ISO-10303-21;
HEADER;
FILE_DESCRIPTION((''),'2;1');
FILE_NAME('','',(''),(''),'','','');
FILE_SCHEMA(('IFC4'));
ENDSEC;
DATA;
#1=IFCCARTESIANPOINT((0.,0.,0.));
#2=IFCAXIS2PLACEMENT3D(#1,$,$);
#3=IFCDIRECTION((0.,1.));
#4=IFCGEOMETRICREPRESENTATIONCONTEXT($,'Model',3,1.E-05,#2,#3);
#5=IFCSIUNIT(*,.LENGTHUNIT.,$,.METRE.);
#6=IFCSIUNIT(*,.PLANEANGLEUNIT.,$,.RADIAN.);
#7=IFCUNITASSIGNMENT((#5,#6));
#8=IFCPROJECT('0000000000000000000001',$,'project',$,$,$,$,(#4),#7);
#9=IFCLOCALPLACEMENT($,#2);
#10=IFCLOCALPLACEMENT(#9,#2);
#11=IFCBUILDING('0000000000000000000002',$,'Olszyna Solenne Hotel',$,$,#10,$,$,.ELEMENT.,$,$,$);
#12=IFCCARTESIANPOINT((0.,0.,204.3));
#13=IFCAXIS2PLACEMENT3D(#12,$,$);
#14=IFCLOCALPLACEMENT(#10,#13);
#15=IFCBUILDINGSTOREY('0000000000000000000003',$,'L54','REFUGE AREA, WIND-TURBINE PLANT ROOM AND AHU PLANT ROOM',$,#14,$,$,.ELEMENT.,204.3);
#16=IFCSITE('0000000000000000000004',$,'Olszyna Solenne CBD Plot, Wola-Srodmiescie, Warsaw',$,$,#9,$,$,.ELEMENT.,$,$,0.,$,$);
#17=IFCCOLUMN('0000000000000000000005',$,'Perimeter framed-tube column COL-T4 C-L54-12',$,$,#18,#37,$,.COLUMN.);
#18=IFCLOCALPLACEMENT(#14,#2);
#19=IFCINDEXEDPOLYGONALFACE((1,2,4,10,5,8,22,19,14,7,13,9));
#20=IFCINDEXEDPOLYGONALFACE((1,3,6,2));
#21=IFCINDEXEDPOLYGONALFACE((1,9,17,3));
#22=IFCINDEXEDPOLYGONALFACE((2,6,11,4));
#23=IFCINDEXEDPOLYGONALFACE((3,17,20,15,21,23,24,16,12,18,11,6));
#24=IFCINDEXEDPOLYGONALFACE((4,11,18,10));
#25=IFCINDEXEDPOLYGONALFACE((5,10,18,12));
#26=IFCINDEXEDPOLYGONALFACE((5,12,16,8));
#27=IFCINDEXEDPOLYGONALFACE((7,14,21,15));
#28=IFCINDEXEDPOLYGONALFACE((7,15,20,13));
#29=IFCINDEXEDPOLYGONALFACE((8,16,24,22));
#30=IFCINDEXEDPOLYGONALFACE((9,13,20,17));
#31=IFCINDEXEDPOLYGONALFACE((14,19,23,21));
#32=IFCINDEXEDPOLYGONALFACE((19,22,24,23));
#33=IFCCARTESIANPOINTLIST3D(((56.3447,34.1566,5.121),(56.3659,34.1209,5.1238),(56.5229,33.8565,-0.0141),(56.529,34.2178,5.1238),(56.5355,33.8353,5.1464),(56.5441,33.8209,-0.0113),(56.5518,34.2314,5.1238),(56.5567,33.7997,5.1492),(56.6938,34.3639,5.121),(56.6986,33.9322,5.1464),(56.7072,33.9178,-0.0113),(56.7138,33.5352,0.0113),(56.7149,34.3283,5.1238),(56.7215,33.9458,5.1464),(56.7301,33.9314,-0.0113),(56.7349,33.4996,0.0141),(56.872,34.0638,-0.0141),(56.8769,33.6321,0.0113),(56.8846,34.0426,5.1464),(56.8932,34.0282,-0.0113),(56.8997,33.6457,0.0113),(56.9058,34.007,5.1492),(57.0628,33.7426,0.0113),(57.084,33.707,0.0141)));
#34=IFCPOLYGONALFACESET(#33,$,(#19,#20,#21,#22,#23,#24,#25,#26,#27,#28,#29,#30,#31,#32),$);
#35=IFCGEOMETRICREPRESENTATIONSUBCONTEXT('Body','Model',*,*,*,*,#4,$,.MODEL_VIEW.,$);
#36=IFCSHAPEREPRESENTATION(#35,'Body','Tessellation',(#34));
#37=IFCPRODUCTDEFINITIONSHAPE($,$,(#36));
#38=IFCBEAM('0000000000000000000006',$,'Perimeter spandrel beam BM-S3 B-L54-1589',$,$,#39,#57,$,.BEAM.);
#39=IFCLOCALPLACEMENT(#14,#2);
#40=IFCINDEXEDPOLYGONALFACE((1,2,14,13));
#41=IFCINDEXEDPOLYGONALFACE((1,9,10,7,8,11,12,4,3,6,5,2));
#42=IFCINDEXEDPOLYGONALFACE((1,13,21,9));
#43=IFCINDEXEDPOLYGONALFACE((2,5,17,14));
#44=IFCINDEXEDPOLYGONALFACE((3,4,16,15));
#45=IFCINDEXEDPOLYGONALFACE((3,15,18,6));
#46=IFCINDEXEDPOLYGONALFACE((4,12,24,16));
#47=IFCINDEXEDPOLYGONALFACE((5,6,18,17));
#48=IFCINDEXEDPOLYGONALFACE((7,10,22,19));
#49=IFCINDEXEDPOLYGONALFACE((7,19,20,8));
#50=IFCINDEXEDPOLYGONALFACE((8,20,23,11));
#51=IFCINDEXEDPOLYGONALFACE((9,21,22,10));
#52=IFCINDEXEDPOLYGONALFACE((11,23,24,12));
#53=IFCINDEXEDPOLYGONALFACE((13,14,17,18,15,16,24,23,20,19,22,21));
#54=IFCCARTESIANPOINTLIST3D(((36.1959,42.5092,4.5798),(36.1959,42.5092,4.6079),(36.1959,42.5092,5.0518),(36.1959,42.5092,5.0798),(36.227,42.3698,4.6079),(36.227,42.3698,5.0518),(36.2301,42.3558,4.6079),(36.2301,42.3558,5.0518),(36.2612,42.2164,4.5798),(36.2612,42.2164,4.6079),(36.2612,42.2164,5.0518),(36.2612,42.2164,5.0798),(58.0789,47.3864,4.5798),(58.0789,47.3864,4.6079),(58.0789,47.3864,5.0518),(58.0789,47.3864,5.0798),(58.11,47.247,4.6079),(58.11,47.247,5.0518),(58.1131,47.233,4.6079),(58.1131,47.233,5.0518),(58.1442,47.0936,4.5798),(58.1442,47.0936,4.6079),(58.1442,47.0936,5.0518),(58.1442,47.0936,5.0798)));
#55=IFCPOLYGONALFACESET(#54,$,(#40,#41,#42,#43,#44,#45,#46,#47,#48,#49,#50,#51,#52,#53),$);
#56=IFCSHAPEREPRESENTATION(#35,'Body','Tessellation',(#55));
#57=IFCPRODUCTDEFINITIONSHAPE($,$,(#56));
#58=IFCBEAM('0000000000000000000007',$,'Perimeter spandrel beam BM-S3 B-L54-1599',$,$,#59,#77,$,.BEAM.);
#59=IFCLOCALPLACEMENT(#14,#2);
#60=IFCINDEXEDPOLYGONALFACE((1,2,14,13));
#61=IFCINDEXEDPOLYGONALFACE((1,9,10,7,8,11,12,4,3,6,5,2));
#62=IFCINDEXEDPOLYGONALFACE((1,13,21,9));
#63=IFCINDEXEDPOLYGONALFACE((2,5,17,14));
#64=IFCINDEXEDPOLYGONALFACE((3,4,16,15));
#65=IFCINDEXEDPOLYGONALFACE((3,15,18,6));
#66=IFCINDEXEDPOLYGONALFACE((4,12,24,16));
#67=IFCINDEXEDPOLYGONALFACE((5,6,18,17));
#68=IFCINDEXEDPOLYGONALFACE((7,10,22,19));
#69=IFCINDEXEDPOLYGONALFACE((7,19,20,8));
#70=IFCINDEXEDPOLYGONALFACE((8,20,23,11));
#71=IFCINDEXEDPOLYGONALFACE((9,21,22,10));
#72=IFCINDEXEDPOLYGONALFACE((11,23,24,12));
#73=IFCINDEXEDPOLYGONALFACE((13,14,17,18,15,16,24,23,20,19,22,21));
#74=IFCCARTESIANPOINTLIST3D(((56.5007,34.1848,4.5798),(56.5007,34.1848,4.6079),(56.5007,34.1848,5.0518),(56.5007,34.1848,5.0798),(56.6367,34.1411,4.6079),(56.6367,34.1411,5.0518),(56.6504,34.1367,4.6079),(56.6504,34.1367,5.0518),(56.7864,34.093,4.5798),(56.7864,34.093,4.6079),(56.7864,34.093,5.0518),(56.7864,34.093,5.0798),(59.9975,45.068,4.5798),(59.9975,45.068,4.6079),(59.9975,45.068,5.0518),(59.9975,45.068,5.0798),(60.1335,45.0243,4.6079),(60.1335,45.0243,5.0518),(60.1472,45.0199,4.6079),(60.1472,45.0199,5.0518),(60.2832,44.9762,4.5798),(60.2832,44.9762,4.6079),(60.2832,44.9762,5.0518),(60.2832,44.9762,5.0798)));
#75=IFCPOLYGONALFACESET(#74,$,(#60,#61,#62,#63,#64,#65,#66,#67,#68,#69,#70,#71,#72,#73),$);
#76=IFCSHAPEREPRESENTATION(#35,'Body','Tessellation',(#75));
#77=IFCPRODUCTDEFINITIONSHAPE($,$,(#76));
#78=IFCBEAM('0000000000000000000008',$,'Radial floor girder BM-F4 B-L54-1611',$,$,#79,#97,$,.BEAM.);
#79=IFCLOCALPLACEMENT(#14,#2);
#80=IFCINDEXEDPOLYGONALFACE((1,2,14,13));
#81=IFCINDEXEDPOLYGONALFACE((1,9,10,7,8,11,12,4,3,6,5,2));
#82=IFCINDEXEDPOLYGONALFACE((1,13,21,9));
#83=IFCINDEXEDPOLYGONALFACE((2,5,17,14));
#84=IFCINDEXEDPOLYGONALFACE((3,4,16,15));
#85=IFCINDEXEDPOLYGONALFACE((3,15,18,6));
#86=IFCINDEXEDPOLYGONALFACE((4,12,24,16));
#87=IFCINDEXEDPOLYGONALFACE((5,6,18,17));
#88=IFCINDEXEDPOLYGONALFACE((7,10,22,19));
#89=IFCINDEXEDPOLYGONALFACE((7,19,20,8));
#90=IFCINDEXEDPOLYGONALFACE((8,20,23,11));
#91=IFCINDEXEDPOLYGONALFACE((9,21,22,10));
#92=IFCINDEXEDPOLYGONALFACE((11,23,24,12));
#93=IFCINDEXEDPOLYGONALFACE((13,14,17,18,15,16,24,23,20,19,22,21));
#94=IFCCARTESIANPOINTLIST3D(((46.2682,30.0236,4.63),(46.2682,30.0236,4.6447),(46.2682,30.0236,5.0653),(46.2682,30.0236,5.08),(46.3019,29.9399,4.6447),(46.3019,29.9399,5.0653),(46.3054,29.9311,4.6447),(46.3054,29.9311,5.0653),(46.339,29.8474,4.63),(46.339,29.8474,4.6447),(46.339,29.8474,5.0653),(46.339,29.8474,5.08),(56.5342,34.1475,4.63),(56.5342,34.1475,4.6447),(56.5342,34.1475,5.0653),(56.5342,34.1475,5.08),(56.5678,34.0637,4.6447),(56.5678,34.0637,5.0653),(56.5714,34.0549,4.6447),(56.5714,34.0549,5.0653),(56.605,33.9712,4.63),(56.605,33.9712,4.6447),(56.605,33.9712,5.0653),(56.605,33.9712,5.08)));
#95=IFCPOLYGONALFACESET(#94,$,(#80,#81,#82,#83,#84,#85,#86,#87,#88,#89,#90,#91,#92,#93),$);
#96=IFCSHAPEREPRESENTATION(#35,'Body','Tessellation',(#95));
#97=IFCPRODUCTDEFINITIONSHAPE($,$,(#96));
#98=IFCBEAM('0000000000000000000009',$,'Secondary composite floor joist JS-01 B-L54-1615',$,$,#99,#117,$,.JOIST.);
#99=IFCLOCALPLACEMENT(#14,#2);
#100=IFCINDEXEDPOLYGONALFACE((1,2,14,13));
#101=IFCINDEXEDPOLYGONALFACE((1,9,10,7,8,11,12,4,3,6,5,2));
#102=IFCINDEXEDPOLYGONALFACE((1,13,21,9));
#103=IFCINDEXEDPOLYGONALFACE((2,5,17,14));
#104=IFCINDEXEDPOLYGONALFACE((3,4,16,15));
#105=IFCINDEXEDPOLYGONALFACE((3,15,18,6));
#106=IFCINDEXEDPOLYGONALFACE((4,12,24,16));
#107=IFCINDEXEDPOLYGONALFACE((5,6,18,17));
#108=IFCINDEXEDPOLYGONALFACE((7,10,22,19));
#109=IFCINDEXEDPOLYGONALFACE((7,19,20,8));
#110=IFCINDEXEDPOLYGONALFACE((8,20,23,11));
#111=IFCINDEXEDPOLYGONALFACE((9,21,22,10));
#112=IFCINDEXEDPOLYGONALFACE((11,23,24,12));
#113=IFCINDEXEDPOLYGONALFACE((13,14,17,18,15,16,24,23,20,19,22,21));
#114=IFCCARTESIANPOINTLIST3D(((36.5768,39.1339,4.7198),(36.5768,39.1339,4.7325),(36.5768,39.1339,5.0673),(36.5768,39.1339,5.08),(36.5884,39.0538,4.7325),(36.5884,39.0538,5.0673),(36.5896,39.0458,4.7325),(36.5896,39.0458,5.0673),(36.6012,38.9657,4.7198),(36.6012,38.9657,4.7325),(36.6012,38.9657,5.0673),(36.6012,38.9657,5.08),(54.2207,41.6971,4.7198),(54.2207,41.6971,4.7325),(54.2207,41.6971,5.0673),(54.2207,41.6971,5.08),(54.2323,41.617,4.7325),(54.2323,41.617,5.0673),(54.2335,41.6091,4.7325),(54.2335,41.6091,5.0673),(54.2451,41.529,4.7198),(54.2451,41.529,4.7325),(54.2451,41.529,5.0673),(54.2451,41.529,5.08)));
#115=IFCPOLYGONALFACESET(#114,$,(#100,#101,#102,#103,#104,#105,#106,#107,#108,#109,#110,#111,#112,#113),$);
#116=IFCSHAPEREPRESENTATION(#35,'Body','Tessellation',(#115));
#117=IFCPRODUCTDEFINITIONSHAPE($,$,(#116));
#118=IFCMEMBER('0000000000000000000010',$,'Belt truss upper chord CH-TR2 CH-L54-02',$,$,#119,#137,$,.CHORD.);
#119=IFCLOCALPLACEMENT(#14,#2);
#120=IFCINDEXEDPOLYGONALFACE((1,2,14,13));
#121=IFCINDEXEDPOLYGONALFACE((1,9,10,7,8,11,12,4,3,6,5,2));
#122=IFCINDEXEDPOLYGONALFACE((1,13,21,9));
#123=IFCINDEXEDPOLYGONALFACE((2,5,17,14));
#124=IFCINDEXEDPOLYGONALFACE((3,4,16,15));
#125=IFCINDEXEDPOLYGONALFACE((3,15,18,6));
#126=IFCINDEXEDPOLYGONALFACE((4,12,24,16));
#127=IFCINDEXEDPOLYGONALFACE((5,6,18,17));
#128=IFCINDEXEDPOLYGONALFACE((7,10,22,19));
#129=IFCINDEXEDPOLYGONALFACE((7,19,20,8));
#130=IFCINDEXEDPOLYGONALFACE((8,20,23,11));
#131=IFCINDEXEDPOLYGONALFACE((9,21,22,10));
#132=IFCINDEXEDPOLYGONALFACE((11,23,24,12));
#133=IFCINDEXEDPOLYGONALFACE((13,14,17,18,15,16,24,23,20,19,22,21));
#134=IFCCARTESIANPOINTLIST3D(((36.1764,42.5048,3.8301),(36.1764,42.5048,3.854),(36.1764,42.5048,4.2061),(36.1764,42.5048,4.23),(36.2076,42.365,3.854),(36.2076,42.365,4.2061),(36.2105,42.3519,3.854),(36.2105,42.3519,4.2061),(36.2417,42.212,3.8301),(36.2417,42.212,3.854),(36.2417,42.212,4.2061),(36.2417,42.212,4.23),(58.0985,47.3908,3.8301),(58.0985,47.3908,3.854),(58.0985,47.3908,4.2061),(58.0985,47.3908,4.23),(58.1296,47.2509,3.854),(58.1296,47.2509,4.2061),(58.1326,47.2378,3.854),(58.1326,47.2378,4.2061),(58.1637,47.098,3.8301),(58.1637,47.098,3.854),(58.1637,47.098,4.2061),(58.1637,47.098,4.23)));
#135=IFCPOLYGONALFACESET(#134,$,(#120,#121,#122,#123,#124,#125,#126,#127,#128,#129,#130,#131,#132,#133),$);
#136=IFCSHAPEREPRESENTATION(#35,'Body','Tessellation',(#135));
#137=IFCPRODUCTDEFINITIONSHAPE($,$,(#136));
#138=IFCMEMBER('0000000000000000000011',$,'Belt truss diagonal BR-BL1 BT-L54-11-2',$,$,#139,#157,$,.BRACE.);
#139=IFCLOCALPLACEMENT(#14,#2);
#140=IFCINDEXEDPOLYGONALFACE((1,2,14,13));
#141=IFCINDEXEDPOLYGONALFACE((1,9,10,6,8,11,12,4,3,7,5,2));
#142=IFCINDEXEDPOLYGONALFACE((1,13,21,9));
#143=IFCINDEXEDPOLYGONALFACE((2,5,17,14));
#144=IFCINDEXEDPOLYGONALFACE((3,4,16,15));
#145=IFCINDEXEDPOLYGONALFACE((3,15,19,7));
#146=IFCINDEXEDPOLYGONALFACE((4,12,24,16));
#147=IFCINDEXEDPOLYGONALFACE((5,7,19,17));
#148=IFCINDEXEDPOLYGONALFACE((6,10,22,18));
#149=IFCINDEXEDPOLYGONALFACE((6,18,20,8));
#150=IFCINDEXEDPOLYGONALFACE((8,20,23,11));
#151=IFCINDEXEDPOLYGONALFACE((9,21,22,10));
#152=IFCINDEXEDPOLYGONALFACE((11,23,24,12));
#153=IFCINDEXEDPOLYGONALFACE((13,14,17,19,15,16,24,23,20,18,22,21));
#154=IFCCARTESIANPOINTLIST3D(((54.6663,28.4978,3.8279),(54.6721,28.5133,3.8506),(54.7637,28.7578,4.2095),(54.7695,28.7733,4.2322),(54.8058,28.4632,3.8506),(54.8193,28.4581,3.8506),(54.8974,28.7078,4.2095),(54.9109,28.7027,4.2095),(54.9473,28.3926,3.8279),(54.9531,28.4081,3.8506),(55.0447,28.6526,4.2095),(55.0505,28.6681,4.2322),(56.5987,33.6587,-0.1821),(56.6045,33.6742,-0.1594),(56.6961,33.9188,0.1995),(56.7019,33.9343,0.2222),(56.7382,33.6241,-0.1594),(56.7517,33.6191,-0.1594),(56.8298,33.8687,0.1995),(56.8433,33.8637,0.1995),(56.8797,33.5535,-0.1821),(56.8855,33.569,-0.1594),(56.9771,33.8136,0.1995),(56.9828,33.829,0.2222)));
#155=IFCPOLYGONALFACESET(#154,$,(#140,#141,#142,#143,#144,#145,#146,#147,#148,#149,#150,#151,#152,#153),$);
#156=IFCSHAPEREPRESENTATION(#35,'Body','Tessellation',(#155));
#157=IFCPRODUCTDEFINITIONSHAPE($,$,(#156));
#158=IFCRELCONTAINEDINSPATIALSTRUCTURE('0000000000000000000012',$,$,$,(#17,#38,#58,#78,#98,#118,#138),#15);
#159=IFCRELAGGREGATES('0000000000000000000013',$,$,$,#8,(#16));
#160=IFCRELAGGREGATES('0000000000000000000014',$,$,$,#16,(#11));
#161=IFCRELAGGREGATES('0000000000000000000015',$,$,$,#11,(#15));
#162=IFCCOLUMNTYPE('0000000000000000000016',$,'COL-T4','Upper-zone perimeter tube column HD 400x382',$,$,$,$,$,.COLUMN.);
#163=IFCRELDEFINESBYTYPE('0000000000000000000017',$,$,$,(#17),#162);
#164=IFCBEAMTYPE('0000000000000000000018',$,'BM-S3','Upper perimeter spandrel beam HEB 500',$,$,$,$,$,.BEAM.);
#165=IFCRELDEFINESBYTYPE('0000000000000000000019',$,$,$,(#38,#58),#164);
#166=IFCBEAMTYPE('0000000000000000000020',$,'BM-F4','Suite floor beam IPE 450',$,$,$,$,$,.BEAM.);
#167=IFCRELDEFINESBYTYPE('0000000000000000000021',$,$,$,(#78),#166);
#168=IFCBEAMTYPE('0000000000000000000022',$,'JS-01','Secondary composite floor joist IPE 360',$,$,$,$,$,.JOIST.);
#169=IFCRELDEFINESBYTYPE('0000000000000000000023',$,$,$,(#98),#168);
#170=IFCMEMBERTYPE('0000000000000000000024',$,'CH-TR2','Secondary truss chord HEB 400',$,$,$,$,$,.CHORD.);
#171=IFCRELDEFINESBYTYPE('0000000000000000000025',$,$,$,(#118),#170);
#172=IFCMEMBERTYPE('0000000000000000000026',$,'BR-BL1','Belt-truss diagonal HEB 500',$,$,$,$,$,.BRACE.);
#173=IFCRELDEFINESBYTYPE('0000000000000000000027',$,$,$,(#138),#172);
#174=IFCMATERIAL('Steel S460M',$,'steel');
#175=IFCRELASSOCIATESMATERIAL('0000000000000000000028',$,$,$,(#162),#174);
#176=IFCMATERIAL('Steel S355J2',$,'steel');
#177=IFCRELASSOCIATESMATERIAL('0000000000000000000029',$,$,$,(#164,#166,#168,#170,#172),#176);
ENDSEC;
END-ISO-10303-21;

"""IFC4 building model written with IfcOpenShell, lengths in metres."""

from ifc_helpers import new_model, si_unit, direction, frame, origin, origin_2d, place, context, subcontext, project, spatial, i_section, extrude, source, transform, mapped, material, material_profile, profile_set, type_object, element, save


model = new_model("IFC4")

# Units and contexts
model_context = context("Model", 3, precision=1e-05, world=origin(), true_north=direction((0.0, 1.0)))
body_context = subcontext(model_context, "Body", "Model", "MODEL_VIEW")
ifc_project = project(units=[si_unit("LENGTHUNIT", "METRE"), si_unit("PLANEANGLEUNIT", "RADIAN")], contexts=[model_context])

# Site, building, storey
site_placement = place(None, origin())
site = spatial("IfcSite", under=ifc_project, at=site_placement, Name="Olszyna Solenne CBD Plot, Wola-Srodmiescie, Warsaw", CompositionType="ELEMENT", RefElevation=0.0)
building_placement = place(site_placement, origin())
building = spatial("IfcBuilding", under=site, at=building_placement, Name="Olszyna Solenne Hotel", CompositionType="ELEMENT")
storey_placement = place(building_placement, frame((0.0, 0.0, 204.3)))
storey = spatial("IfcBuildingStorey", under=building, at=storey_placement, Name="L54", Description="REFUGE AREA, WIND-TURBINE PLANT ROOM AND AHU PLANT ROOM", CompositionType="ELEMENT", Elevation=204.3)

# Column
ifc_material_1 = material(Name="Steel S460M", Category="steel")
ifc_material_profile_1 = material_profile(ifc_material_1, i_section(OverallWidth=0.406, OverallDepth=0.416, WebThickness=0.0266, FlangeThickness=0.0415, at=origin_2d()), Name="HD 400x382", Category="load-bearing")
ifc_profile_set_1 = profile_set([ifc_material_profile_1], Name="Steel S460M")
column_type = type_object("IfcColumnType", Name="COL-T4", Description="Upper-zone perimeter tube column HD 400x382", PredefinedType="COLUMN", material=ifc_profile_set_1)
shared_shape_1 = source(origin(), body_context, "Body", "SweptSolid", [
    extrude(i_section(OverallWidth=0.406, OverallDepth=0.416, WebThickness=0.0266, FlangeThickness=0.0415, at=origin_2d()), origin(), (0.0, 0.0, 1.0), 5.147),
])
column_placement = place(storey_placement, frame((56.8035, 33.7817, 0.0), z_axis=(-0.034627, 0.058298, 0.997699), x_axis=(-0.859768, -0.510684, 0.0)))
element("IfcColumn", 1, at=column_placement, inside=storey, type_object=column_type, Name="Perimeter framed-tube column COL-T4 C-L54-12", PredefinedType="COLUMN", context=body_context, shape_type="MappedRepresentation", body=[
    mapped(shared_shape_1, transform((0.0, 0.0, 0.0), x_axis=(1.0, 0.0, 0.0), y_axis=(0.0, 1.0, 0.0), z_axis=(0.0, 0.0, 1.0), scale=1.0)),
])

# Beams
ifc_material_2 = material(Name="Steel S355J2", Category="steel")
ifc_material_profile_2 = material_profile(ifc_material_2, i_section(OverallWidth=0.3, OverallDepth=0.5, WebThickness=0.0144, FlangeThickness=0.0281, at=origin_2d()), Name="HEB 500", Category="load-bearing")
ifc_profile_set_2 = profile_set([ifc_material_profile_2], Name="Steel S355J2")
beam_type_1 = type_object("IfcBeamType", Name="BM-S3", Description="Upper perimeter spandrel beam HEB 500", PredefinedType="BEAM", material=ifc_profile_set_2)
shared_shape_2 = source(origin(), body_context, "Body", "SweptSolid", [
    extrude(i_section(OverallWidth=0.3, OverallDepth=0.5, WebThickness=0.0144, FlangeThickness=0.0281, at=origin_2d()), origin(), (0.0, 0.0, 1.0), 22.4199),
])
beam_1_placement = place(storey_placement, frame((58.1116, 47.24, 4.8298), z_axis=(-0.976052, -0.217538, 0.0), x_axis=(0.217538, -0.976052, 0.0)))
element("IfcBeam", 2, at=beam_1_placement, inside=storey, type_object=beam_type_1, Name="Perimeter spandrel beam BM-S3 B-L54-1589", PredefinedType="BEAM", context=body_context, shape_type="MappedRepresentation", body=[
    mapped(shared_shape_2, transform((0.0, 0.0, 0.0), x_axis=(1.0, 0.0, 0.0), y_axis=(0.0, 1.0, 0.0), z_axis=(0.0, 0.0, 1.0), scale=1.0)),
])
shared_shape_3 = source(origin(), body_context, "Body", "SweptSolid", [
    extrude(i_section(OverallWidth=0.3, OverallDepth=0.5, WebThickness=0.0144, FlangeThickness=0.0281, at=origin_2d()), origin(), (0.0, 0.0, 1.0), 11.4312),
])
beam_2_placement = place(storey_placement, frame((56.6436, 34.1389, 4.8298), z_axis=(0.3059, 0.952064, 0.0), x_axis=(-0.952064, 0.3059, 0.0)))
element("IfcBeam", 3, at=beam_2_placement, inside=storey, type_object=beam_type_1, Name="Perimeter spandrel beam BM-S3 B-L54-1599", PredefinedType="BEAM", context=body_context, shape_type="MappedRepresentation", body=[
    mapped(shared_shape_3, transform((0.0, 0.0, 0.0), x_axis=(1.0, 0.0, 0.0), y_axis=(0.0, 1.0, 0.0), z_axis=(0.0, 0.0, 1.0), scale=1.0)),
])
ifc_material_profile_3 = material_profile(ifc_material_2, i_section(OverallWidth=0.1899, OverallDepth=0.45, WebThickness=0.0095, FlangeThickness=0.0146, at=origin_2d()), Name="IPE 450", Category="load-bearing")
ifc_profile_set_3 = profile_set([ifc_material_profile_3], Name="Steel S355J2")
beam_type_2 = type_object("IfcBeamType", Name="BM-F4", Description="Suite floor beam IPE 450", PredefinedType="BEAM", material=ifc_profile_set_3)
shared_shape_4 = source(origin(), body_context, "Body", "SweptSolid", [
    extrude(i_section(OverallWidth=0.1899, OverallDepth=0.45, WebThickness=0.0095, FlangeThickness=0.0146, at=origin_2d()), origin(), (0.0, 0.0, 1.0), 11.0632),
])
beam_3_placement = place(storey_placement, frame((56.5696, 34.0593, 4.855), z_axis=(-0.927932, -0.372749, 0.0), x_axis=(0.372749, -0.927932, 0.0)))
element("IfcBeam", 4, at=beam_3_placement, inside=storey, type_object=beam_type_2, Name="Radial floor girder BM-F4 B-L54-1611", PredefinedType="BEAM", context=body_context, shape_type="MappedRepresentation", body=[
    mapped(shared_shape_4, transform((0.0, 0.0, 0.0), x_axis=(1.0, 0.0, 0.0), y_axis=(0.0, 1.0, 0.0), z_axis=(0.0, 0.0, 1.0), scale=1.0)),
])
ifc_material_profile_4 = material_profile(ifc_material_2, i_section(OverallWidth=0.1699, OverallDepth=0.3601, WebThickness=0.0081, FlangeThickness=0.0127, at=origin_2d()), Name="IPE 360", Category="load-bearing")
ifc_profile_set_4 = profile_set([ifc_material_profile_4], Name="Steel S355J2")
beam_type_3 = type_object("IfcBeamType", Name="JS-01", Description="Secondary composite floor joist IPE 360", PredefinedType="JOIST", material=ifc_profile_set_4)
shared_shape_5 = source(origin(), body_context, "Body", "SweptSolid", [
    extrude(i_section(OverallWidth=0.1699, OverallDepth=0.3601, WebThickness=0.0081, FlangeThickness=0.0127, at=origin_2d()), origin(), (0.0, 0.0, 1.0), 17.8291),
])
beam_4_placement = place(storey_placement, frame((54.2329, 41.613, 4.8999), z_axis=(-0.989611, -0.143767, 0.0), x_axis=(0.143767, -0.989611, 0.0)))
element("IfcBeam", 5, at=beam_4_placement, inside=storey, type_object=beam_type_3, Name="Secondary composite floor joist JS-01 B-L54-1615", PredefinedType="JOIST", context=body_context, shape_type="MappedRepresentation", body=[
    mapped(shared_shape_5, transform((0.0, 0.0, 0.0), x_axis=(1.0, 0.0, 0.0), y_axis=(0.0, 1.0, 0.0), z_axis=(0.0, 0.0, 1.0), scale=1.0)),
])

# Members
ifc_material_profile_5 = material_profile(ifc_material_2, i_section(OverallWidth=0.3, OverallDepth=0.3999, WebThickness=0.0134, FlangeThickness=0.0239, at=origin_2d()), Name="HEB 400", Category="load-bearing")
ifc_profile_set_5 = profile_set([ifc_material_profile_5], Name="Steel S355J2")
member_type_1 = type_object("IfcMemberType", Name="CH-TR2", Description="Secondary truss chord HEB 400", PredefinedType="CHORD", material=ifc_profile_set_5)
shared_shape_6 = source(origin(), body_context, "Body", "SweptSolid", [
    extrude(i_section(OverallWidth=0.3, OverallDepth=0.3999, WebThickness=0.0134, FlangeThickness=0.0239, at=origin_2d()), origin(), (0.0, 0.0, 1.0), 22.46),
])
member_1_placement = place(storey_placement, frame((58.1311, 47.2444, 4.03), z_axis=(-0.976051, -0.217542, 0.0), x_axis=(0.217542, -0.976051, 0.0)))
element("IfcMember", 6, at=member_1_placement, inside=storey, type_object=member_type_1, Name="Belt truss upper chord CH-TR2 CH-L54-02", PredefinedType="CHORD", context=body_context, shape_type="MappedRepresentation", body=[
    mapped(shared_shape_6, transform((0.0, 0.0, 0.0), x_axis=(1.0, 0.0, 0.0), y_axis=(0.0, 1.0, 0.0), z_axis=(0.0, 0.0, 1.0), scale=1.0)),
])
ifc_material_profile_6 = material_profile(ifc_material_2, i_section(OverallWidth=0.3, OverallDepth=0.5, WebThickness=0.0144, FlangeThickness=0.0281, at=origin_2d()), Name="HEB 500", Category="load-bearing")
ifc_profile_set_6 = profile_set([ifc_material_profile_6], Name="Steel S355J2")
member_type_2 = type_object("IfcMemberType", Name="BR-BL1", Description="Belt-truss diagonal HEB 500", PredefinedType="BRACE", material=ifc_profile_set_6)
shared_shape_7 = source(origin(), body_context, "Body", "SweptSolid", [
    extrude(i_section(OverallWidth=0.3, OverallDepth=0.5, WebThickness=0.0144, FlangeThickness=0.0281, at=origin_2d()), origin(), (0.0, 0.0, 1.0), 6.8154),
])
member_2_placement = place(storey_placement, frame((56.7908, 33.7439, 0.02), z_axis=(-0.283532, -0.757245, 0.588379), x_axis=(0.936506, -0.350652, 0.0)))
element("IfcMember", 7, at=member_2_placement, inside=storey, type_object=member_type_2, Name="Belt truss diagonal BR-BL1 BT-L54-11-2", PredefinedType="BRACE", context=body_context, shape_type="MappedRepresentation", body=[
    mapped(shared_shape_7, transform((0.0, 0.0, 0.0), x_axis=(1.0, 0.0, 0.0), y_axis=(0.0, 1.0, 0.0), z_axis=(0.0, 0.0, 1.0), scale=1.0)),
])

save(model, "model.ifc")
